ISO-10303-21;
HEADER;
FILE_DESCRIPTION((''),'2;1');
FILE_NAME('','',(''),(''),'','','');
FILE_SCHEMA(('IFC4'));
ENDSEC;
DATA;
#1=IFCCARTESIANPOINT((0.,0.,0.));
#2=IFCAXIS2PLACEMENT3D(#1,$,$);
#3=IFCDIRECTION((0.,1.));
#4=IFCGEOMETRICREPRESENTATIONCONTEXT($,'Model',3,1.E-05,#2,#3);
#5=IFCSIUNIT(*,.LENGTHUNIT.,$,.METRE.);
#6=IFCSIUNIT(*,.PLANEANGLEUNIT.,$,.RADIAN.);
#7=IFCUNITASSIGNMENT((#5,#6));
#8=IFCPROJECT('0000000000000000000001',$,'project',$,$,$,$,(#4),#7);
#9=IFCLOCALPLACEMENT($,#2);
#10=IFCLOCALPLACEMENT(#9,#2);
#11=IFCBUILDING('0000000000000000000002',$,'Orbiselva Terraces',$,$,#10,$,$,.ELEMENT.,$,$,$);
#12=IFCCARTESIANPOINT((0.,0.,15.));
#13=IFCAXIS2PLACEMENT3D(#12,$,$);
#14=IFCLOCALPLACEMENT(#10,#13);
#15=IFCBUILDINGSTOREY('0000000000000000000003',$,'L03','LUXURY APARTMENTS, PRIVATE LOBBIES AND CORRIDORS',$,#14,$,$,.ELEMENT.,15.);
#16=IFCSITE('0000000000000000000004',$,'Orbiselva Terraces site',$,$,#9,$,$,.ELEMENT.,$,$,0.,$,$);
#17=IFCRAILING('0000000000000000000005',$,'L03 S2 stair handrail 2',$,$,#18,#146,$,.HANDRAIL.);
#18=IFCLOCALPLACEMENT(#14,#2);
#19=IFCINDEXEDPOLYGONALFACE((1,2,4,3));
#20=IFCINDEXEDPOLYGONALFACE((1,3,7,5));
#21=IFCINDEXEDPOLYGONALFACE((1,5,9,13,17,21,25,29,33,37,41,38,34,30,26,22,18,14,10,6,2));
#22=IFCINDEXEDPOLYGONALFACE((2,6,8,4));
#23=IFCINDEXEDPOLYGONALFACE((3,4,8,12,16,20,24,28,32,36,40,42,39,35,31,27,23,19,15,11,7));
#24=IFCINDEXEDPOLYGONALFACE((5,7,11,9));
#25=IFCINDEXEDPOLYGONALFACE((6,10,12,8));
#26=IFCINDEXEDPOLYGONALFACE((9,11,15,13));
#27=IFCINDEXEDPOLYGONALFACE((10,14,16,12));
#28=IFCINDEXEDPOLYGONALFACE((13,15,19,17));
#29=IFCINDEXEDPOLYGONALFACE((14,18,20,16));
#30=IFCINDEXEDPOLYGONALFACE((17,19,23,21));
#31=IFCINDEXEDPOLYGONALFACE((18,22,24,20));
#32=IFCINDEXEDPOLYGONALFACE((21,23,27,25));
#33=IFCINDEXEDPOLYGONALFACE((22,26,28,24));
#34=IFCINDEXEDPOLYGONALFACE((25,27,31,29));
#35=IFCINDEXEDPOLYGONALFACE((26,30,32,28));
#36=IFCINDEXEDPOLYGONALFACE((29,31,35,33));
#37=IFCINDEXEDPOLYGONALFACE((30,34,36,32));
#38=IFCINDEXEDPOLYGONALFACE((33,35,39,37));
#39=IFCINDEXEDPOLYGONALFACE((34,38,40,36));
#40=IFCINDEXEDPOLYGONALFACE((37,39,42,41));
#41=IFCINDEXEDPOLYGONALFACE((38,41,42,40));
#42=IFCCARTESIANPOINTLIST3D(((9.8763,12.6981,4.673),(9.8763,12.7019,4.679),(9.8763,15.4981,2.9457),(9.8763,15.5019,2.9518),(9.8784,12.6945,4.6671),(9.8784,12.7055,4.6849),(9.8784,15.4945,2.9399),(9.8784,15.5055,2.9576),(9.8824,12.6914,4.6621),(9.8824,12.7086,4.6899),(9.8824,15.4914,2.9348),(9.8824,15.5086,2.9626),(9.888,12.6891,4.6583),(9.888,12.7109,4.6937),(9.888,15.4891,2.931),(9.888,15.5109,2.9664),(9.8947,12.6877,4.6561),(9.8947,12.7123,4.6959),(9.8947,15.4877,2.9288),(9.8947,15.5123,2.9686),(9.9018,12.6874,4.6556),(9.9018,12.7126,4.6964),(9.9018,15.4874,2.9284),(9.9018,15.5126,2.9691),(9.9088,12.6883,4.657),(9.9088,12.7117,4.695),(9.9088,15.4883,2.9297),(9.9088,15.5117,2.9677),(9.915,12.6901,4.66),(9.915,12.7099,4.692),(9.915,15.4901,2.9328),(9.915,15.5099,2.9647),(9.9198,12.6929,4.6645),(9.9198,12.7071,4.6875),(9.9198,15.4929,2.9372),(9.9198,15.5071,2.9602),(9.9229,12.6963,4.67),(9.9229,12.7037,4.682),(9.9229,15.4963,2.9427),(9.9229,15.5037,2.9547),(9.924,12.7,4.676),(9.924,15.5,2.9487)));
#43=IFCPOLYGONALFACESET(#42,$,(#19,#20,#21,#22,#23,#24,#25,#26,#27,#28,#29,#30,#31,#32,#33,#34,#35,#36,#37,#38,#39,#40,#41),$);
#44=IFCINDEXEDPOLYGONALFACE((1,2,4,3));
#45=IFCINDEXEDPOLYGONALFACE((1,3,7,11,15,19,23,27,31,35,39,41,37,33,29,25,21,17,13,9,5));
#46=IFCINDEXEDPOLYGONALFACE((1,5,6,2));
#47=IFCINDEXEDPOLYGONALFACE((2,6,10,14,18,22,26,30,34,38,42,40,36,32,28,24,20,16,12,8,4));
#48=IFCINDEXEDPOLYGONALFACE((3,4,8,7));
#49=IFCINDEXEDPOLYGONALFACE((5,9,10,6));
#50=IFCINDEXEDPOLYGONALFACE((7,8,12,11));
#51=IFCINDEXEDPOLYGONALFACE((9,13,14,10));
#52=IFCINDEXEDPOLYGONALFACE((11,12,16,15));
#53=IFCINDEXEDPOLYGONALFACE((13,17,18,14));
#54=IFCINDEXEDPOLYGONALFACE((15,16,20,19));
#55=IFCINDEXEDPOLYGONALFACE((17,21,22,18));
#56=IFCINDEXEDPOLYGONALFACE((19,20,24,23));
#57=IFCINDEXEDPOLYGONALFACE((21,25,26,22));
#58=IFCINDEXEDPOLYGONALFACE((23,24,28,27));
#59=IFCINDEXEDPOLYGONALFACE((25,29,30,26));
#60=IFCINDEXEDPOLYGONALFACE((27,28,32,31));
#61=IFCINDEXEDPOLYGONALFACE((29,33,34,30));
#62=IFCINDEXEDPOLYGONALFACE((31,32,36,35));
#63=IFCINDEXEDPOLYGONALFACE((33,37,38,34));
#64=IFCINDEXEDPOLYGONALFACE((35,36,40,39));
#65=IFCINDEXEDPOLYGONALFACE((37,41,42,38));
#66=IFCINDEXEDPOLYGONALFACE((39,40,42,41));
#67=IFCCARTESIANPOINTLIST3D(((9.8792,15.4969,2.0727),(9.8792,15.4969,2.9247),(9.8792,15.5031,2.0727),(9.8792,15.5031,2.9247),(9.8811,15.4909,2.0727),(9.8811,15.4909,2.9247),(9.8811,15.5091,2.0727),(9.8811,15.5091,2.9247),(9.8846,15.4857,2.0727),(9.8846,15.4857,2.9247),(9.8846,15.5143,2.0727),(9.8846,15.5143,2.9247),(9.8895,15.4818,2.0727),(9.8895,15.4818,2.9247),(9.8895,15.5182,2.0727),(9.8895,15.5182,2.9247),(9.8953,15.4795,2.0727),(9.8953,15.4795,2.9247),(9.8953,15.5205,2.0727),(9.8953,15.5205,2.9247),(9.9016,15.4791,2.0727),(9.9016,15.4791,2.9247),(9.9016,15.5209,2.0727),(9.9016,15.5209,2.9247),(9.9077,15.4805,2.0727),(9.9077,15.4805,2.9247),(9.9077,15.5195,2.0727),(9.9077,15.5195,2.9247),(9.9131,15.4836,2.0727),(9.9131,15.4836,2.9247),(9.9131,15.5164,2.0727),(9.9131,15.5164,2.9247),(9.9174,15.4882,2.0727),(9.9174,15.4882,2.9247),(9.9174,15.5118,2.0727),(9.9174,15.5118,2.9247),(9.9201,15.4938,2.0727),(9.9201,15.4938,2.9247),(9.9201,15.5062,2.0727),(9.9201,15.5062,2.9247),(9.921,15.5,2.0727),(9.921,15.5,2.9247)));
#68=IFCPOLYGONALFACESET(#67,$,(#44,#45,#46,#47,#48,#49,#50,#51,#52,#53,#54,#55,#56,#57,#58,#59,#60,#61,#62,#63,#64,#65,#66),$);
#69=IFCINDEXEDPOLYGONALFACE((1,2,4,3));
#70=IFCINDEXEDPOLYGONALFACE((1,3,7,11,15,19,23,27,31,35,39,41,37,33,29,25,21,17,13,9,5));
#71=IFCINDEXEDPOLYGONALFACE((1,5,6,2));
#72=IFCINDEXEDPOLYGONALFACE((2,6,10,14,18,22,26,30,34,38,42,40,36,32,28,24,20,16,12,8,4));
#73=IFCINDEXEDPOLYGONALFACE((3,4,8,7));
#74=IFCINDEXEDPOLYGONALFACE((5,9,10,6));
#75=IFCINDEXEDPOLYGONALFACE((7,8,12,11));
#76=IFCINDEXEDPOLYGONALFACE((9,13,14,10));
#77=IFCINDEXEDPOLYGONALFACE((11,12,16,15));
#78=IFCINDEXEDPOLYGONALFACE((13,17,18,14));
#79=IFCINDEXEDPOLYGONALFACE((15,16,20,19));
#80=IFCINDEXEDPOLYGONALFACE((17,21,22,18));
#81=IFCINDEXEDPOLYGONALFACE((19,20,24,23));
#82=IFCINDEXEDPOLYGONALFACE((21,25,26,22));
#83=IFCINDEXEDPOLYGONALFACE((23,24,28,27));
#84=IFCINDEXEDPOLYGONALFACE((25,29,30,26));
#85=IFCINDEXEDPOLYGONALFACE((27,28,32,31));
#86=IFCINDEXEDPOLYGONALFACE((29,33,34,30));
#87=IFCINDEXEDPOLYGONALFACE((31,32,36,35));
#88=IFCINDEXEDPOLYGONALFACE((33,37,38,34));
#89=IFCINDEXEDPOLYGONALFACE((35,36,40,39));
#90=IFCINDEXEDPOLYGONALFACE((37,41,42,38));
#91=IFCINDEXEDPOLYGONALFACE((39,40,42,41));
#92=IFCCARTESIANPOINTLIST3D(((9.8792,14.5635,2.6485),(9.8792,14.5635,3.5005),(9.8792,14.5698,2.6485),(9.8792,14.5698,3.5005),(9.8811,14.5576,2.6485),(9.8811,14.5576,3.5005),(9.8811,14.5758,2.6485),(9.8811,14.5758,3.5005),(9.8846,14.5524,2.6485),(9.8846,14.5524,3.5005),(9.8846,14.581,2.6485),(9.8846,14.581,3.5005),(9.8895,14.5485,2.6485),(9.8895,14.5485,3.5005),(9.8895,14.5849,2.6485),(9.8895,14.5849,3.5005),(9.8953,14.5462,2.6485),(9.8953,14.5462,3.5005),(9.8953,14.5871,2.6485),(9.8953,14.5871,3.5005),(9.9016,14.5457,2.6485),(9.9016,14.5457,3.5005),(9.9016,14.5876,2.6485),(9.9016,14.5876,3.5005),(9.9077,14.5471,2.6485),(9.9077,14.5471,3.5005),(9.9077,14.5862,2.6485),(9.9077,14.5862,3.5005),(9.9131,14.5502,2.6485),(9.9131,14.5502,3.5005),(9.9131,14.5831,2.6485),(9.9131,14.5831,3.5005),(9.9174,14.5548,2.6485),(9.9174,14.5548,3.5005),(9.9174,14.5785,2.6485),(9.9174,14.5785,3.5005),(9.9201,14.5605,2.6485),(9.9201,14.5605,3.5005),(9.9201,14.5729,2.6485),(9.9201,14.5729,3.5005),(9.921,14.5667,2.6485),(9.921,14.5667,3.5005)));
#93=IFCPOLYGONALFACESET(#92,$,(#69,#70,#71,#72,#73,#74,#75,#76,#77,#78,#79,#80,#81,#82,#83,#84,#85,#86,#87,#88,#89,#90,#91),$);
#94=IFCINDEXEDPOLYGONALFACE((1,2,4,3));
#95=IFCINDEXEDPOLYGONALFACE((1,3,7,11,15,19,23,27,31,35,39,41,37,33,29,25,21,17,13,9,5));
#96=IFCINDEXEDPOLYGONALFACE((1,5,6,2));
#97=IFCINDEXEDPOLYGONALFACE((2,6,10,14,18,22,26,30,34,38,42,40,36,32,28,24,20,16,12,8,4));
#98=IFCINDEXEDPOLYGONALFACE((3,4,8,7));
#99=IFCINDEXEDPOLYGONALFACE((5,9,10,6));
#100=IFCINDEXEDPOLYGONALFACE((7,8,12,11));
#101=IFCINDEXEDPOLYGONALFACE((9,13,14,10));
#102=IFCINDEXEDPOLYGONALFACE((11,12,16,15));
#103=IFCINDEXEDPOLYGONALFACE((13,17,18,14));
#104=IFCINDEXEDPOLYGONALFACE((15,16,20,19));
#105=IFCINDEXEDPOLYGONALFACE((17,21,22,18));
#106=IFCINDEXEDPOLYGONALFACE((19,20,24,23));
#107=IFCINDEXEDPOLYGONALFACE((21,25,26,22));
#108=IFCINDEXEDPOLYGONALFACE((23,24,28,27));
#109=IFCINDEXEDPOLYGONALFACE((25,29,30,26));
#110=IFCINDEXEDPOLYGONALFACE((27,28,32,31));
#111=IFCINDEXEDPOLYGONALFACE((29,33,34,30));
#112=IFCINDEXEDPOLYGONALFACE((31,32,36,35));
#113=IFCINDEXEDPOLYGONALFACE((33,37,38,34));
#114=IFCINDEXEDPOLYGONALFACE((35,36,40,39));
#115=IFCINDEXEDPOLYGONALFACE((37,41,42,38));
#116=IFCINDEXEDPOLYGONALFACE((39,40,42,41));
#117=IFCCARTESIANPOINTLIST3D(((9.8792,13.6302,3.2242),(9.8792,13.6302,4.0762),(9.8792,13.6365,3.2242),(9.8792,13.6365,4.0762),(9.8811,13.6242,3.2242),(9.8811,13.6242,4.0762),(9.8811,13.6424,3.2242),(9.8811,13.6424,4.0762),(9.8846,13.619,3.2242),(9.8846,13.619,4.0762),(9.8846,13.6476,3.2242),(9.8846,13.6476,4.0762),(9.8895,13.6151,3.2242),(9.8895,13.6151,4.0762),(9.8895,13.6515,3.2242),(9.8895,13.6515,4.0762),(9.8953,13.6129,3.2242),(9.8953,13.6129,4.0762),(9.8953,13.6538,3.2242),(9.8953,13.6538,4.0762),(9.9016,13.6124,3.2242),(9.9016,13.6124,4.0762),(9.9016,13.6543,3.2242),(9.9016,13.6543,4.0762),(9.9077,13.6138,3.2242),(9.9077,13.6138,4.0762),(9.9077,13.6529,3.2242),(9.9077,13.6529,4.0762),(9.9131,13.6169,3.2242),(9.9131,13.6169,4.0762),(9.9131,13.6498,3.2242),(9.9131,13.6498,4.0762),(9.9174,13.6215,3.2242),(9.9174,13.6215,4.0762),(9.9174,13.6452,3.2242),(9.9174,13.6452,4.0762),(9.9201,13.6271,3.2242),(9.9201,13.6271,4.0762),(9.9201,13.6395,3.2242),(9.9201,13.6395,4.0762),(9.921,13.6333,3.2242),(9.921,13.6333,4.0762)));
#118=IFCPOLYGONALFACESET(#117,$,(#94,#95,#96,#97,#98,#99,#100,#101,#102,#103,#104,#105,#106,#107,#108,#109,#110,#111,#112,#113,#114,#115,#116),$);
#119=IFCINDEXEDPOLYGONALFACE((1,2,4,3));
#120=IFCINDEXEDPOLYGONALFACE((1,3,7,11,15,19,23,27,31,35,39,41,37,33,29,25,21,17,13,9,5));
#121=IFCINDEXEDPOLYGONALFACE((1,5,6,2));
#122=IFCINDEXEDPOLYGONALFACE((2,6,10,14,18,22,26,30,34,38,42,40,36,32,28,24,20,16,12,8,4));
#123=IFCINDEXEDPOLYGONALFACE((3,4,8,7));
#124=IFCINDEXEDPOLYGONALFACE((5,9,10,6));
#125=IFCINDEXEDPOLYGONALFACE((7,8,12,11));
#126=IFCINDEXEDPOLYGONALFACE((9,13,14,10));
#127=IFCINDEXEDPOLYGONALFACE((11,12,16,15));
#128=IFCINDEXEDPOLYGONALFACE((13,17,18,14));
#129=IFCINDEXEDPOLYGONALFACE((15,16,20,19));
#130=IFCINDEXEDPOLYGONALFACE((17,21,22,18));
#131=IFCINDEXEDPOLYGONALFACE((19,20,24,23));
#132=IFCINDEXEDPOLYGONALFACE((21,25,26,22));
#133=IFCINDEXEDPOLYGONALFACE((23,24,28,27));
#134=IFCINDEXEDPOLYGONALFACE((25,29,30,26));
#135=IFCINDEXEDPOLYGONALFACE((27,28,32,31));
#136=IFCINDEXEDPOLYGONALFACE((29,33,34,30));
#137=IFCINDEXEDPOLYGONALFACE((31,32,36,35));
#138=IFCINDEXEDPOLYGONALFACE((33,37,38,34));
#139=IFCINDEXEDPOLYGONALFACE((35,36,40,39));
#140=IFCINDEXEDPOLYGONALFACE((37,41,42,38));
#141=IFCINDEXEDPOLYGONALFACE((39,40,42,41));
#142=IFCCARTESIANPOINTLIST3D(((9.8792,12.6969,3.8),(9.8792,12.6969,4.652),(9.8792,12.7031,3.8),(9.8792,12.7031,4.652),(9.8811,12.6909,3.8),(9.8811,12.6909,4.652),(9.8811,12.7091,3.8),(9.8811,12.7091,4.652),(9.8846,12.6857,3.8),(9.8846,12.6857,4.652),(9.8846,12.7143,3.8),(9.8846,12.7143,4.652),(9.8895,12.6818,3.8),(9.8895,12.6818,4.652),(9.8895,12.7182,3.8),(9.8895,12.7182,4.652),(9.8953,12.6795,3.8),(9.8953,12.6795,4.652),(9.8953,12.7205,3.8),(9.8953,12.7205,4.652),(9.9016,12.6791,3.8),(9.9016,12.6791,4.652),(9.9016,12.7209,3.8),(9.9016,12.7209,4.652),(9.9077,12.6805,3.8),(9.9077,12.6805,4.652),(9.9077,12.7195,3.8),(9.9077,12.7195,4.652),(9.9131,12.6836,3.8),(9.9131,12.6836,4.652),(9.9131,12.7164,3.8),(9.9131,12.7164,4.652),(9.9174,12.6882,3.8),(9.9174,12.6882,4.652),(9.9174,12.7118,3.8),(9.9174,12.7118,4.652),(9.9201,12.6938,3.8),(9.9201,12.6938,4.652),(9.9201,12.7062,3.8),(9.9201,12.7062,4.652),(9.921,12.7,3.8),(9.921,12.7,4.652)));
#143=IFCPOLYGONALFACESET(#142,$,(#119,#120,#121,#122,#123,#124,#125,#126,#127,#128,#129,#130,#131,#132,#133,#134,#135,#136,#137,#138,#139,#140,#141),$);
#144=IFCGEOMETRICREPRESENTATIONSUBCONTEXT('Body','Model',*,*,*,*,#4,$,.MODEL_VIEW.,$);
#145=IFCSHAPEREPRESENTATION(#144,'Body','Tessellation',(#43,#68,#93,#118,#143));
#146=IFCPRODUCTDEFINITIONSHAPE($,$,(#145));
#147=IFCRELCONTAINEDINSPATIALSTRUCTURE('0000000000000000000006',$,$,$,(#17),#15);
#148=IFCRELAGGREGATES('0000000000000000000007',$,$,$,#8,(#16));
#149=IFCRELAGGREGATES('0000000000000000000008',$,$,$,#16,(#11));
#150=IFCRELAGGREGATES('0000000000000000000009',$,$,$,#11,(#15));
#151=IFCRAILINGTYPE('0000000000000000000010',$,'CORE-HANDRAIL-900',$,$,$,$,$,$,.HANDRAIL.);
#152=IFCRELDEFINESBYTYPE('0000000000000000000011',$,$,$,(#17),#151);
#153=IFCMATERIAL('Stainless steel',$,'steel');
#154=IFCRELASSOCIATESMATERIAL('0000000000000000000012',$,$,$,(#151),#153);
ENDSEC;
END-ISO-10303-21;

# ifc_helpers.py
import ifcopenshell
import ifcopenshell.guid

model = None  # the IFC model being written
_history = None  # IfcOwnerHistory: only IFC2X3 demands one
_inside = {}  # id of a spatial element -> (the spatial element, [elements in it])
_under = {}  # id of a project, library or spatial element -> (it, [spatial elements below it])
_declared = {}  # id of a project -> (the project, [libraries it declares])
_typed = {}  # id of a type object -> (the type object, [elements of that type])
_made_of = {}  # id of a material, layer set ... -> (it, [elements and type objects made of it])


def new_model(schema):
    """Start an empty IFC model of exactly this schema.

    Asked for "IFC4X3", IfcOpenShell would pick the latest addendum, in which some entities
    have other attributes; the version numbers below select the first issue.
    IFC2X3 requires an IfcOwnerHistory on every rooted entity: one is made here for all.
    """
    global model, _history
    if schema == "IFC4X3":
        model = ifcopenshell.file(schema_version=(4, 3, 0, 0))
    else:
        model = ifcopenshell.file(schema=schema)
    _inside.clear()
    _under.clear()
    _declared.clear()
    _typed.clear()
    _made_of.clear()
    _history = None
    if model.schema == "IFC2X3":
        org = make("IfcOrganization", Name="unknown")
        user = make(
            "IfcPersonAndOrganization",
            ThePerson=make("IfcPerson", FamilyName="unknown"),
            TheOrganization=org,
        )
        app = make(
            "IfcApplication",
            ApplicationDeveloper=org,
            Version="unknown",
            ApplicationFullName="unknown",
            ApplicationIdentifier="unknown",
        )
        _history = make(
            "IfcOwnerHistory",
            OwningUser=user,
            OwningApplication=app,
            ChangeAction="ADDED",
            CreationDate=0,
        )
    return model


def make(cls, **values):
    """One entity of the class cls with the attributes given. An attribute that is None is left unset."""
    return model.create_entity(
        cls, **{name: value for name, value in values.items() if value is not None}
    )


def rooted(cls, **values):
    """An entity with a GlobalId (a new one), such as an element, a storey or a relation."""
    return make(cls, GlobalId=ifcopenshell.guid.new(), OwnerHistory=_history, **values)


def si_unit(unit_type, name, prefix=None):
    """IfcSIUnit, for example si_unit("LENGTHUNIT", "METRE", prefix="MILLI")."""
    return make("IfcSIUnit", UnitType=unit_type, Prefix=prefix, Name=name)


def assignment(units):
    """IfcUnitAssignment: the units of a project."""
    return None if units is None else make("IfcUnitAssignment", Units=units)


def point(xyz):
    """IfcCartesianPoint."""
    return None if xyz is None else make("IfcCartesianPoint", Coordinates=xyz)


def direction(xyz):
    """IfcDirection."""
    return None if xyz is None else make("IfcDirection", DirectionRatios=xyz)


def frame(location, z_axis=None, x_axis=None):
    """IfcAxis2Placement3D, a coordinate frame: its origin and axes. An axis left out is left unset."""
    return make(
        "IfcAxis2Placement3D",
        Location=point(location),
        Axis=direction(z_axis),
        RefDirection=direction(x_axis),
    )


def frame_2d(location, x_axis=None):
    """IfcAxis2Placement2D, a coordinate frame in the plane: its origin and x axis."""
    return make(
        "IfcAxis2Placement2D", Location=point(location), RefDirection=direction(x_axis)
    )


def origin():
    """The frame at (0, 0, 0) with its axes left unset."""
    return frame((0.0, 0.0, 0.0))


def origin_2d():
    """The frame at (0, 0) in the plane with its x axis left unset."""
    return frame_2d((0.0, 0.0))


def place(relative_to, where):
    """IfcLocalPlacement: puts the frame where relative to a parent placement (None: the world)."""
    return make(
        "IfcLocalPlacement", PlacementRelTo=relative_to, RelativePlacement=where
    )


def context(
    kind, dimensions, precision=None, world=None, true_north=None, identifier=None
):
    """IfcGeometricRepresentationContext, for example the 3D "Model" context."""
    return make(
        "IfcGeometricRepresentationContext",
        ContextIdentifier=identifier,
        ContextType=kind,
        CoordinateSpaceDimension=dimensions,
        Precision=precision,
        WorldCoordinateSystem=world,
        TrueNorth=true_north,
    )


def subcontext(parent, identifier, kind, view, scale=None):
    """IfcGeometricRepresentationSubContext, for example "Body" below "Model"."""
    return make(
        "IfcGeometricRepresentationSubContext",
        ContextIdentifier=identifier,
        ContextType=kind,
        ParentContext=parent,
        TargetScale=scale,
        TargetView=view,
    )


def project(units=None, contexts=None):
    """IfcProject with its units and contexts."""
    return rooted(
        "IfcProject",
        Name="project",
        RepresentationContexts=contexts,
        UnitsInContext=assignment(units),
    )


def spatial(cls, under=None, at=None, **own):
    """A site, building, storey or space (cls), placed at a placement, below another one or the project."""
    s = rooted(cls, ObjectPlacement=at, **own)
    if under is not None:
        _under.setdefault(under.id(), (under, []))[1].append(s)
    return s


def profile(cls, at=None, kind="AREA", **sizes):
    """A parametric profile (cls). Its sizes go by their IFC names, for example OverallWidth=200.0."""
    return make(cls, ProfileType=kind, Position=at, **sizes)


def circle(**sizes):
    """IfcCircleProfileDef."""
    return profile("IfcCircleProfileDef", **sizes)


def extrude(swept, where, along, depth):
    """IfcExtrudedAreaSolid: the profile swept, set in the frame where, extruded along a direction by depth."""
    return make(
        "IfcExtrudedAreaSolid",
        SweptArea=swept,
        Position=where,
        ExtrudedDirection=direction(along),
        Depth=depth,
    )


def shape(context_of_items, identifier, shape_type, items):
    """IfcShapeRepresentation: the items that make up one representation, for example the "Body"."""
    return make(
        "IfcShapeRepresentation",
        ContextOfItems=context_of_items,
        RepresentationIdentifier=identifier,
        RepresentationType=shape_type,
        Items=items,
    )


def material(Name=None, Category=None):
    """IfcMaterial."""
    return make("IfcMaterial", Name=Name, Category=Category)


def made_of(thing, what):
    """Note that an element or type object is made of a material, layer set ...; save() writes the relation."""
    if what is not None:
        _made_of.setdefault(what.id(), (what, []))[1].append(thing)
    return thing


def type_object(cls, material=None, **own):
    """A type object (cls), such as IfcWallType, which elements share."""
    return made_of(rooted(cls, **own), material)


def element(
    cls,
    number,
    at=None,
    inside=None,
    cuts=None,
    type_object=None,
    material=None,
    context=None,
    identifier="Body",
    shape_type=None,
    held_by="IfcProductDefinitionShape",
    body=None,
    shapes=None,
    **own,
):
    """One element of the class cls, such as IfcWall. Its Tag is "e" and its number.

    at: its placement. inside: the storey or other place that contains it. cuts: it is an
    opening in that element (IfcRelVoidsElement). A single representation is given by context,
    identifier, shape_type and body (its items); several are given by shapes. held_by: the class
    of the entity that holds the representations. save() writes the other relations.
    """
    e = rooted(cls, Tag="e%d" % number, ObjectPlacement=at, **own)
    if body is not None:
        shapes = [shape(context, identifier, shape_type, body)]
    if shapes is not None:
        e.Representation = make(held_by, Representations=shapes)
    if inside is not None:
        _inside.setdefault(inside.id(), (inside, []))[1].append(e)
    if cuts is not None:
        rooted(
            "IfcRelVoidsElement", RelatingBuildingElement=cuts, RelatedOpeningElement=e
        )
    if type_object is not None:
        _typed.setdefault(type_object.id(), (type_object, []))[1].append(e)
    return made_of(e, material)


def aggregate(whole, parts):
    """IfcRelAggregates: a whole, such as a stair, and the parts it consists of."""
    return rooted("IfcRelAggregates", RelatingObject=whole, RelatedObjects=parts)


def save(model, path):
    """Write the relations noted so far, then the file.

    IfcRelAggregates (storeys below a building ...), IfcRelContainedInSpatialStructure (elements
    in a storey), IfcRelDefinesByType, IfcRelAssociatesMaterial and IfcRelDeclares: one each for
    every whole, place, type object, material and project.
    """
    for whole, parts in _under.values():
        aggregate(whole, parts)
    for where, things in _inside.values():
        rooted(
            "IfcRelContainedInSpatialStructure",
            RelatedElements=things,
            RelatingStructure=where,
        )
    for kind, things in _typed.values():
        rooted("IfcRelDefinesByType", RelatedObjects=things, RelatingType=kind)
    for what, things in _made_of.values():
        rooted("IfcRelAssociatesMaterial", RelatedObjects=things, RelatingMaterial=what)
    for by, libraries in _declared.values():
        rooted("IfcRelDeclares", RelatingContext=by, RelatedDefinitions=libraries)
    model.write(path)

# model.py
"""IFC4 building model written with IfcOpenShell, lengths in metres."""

from ifc_helpers import new_model, si_unit, direction, frame, origin, origin_2d, place, context, subcontext, project, spatial, circle, extrude, material, type_object, element, save


model = new_model("IFC4")

# Units and contexts
model_context = context("Model", 3, precision=1e-05, world=origin(), true_north=direction((0.0, 1.0)))
body_context = subcontext(model_context, "Body", "Model", "MODEL_VIEW")
ifc_project = project(units=[si_unit("LENGTHUNIT", "METRE"), si_unit("PLANEANGLEUNIT", "RADIAN")], contexts=[model_context])

# Site, building, storey
site_placement = place(None, origin())
site = spatial("IfcSite", under=ifc_project, at=site_placement, Name="Orbiselva Terraces site", CompositionType="ELEMENT", RefElevation=0.0)
building_placement = place(site_placement, origin())
building = spatial("IfcBuilding", under=site, at=building_placement, Name="Orbiselva Terraces", CompositionType="ELEMENT")
storey_placement = place(building_placement, frame((0.0, 0.0, 15.0)))
storey = spatial("IfcBuildingStorey", under=building, at=storey_placement, Name="L03", Description="LUXURY APARTMENTS, PRIVATE LOBBIES AND CORRIDORS", CompositionType="ELEMENT", Elevation=15.0)

# Railing
ifc_material_1 = material(Name="Stainless steel", Category="steel")
railing_type = type_object("IfcRailingType", Name="CORE-HANDRAIL-900", PredefinedType="HANDRAIL", material=ifc_material_1)
railing_1_placement = place(storey_placement, frame((9.9, 15.5, 2.0727)))
element("IfcRailing", 1, at=railing_1_placement, inside=storey, type_object=railing_type, Name="L03 S2 stair handrail 2", PredefinedType="HANDRAIL", context=body_context, shape_type="SweptSolid", body=[
    extrude(circle(Radius=0.024, at=origin_2d()), frame((0.0, 0.0, 0.876), z_axis=(0.0, -0.851089, 0.525022), x_axis=(1.0, 0.0, 0.0)), (0.0, 0.0, 1.0), 3.2899),
    extrude(circle(Radius=0.021, at=origin_2d()), origin(), (0.0, 0.0, 1.0), 0.852),
    extrude(circle(Radius=0.021, at=origin_2d()), frame((0.0, -0.9333, 0.5758)), (0.0, 0.0, 1.0), 0.852),
    extrude(circle(Radius=0.021, at=origin_2d()), frame((0.0, -1.8667, 1.1515)), (0.0, 0.0, 1.0), 0.852),
    extrude(circle(Radius=0.021, at=origin_2d()), frame((0.0, -2.8, 1.7273)), (0.0, 0.0, 1.0), 0.852),
])

save(model, "model.ifc")
